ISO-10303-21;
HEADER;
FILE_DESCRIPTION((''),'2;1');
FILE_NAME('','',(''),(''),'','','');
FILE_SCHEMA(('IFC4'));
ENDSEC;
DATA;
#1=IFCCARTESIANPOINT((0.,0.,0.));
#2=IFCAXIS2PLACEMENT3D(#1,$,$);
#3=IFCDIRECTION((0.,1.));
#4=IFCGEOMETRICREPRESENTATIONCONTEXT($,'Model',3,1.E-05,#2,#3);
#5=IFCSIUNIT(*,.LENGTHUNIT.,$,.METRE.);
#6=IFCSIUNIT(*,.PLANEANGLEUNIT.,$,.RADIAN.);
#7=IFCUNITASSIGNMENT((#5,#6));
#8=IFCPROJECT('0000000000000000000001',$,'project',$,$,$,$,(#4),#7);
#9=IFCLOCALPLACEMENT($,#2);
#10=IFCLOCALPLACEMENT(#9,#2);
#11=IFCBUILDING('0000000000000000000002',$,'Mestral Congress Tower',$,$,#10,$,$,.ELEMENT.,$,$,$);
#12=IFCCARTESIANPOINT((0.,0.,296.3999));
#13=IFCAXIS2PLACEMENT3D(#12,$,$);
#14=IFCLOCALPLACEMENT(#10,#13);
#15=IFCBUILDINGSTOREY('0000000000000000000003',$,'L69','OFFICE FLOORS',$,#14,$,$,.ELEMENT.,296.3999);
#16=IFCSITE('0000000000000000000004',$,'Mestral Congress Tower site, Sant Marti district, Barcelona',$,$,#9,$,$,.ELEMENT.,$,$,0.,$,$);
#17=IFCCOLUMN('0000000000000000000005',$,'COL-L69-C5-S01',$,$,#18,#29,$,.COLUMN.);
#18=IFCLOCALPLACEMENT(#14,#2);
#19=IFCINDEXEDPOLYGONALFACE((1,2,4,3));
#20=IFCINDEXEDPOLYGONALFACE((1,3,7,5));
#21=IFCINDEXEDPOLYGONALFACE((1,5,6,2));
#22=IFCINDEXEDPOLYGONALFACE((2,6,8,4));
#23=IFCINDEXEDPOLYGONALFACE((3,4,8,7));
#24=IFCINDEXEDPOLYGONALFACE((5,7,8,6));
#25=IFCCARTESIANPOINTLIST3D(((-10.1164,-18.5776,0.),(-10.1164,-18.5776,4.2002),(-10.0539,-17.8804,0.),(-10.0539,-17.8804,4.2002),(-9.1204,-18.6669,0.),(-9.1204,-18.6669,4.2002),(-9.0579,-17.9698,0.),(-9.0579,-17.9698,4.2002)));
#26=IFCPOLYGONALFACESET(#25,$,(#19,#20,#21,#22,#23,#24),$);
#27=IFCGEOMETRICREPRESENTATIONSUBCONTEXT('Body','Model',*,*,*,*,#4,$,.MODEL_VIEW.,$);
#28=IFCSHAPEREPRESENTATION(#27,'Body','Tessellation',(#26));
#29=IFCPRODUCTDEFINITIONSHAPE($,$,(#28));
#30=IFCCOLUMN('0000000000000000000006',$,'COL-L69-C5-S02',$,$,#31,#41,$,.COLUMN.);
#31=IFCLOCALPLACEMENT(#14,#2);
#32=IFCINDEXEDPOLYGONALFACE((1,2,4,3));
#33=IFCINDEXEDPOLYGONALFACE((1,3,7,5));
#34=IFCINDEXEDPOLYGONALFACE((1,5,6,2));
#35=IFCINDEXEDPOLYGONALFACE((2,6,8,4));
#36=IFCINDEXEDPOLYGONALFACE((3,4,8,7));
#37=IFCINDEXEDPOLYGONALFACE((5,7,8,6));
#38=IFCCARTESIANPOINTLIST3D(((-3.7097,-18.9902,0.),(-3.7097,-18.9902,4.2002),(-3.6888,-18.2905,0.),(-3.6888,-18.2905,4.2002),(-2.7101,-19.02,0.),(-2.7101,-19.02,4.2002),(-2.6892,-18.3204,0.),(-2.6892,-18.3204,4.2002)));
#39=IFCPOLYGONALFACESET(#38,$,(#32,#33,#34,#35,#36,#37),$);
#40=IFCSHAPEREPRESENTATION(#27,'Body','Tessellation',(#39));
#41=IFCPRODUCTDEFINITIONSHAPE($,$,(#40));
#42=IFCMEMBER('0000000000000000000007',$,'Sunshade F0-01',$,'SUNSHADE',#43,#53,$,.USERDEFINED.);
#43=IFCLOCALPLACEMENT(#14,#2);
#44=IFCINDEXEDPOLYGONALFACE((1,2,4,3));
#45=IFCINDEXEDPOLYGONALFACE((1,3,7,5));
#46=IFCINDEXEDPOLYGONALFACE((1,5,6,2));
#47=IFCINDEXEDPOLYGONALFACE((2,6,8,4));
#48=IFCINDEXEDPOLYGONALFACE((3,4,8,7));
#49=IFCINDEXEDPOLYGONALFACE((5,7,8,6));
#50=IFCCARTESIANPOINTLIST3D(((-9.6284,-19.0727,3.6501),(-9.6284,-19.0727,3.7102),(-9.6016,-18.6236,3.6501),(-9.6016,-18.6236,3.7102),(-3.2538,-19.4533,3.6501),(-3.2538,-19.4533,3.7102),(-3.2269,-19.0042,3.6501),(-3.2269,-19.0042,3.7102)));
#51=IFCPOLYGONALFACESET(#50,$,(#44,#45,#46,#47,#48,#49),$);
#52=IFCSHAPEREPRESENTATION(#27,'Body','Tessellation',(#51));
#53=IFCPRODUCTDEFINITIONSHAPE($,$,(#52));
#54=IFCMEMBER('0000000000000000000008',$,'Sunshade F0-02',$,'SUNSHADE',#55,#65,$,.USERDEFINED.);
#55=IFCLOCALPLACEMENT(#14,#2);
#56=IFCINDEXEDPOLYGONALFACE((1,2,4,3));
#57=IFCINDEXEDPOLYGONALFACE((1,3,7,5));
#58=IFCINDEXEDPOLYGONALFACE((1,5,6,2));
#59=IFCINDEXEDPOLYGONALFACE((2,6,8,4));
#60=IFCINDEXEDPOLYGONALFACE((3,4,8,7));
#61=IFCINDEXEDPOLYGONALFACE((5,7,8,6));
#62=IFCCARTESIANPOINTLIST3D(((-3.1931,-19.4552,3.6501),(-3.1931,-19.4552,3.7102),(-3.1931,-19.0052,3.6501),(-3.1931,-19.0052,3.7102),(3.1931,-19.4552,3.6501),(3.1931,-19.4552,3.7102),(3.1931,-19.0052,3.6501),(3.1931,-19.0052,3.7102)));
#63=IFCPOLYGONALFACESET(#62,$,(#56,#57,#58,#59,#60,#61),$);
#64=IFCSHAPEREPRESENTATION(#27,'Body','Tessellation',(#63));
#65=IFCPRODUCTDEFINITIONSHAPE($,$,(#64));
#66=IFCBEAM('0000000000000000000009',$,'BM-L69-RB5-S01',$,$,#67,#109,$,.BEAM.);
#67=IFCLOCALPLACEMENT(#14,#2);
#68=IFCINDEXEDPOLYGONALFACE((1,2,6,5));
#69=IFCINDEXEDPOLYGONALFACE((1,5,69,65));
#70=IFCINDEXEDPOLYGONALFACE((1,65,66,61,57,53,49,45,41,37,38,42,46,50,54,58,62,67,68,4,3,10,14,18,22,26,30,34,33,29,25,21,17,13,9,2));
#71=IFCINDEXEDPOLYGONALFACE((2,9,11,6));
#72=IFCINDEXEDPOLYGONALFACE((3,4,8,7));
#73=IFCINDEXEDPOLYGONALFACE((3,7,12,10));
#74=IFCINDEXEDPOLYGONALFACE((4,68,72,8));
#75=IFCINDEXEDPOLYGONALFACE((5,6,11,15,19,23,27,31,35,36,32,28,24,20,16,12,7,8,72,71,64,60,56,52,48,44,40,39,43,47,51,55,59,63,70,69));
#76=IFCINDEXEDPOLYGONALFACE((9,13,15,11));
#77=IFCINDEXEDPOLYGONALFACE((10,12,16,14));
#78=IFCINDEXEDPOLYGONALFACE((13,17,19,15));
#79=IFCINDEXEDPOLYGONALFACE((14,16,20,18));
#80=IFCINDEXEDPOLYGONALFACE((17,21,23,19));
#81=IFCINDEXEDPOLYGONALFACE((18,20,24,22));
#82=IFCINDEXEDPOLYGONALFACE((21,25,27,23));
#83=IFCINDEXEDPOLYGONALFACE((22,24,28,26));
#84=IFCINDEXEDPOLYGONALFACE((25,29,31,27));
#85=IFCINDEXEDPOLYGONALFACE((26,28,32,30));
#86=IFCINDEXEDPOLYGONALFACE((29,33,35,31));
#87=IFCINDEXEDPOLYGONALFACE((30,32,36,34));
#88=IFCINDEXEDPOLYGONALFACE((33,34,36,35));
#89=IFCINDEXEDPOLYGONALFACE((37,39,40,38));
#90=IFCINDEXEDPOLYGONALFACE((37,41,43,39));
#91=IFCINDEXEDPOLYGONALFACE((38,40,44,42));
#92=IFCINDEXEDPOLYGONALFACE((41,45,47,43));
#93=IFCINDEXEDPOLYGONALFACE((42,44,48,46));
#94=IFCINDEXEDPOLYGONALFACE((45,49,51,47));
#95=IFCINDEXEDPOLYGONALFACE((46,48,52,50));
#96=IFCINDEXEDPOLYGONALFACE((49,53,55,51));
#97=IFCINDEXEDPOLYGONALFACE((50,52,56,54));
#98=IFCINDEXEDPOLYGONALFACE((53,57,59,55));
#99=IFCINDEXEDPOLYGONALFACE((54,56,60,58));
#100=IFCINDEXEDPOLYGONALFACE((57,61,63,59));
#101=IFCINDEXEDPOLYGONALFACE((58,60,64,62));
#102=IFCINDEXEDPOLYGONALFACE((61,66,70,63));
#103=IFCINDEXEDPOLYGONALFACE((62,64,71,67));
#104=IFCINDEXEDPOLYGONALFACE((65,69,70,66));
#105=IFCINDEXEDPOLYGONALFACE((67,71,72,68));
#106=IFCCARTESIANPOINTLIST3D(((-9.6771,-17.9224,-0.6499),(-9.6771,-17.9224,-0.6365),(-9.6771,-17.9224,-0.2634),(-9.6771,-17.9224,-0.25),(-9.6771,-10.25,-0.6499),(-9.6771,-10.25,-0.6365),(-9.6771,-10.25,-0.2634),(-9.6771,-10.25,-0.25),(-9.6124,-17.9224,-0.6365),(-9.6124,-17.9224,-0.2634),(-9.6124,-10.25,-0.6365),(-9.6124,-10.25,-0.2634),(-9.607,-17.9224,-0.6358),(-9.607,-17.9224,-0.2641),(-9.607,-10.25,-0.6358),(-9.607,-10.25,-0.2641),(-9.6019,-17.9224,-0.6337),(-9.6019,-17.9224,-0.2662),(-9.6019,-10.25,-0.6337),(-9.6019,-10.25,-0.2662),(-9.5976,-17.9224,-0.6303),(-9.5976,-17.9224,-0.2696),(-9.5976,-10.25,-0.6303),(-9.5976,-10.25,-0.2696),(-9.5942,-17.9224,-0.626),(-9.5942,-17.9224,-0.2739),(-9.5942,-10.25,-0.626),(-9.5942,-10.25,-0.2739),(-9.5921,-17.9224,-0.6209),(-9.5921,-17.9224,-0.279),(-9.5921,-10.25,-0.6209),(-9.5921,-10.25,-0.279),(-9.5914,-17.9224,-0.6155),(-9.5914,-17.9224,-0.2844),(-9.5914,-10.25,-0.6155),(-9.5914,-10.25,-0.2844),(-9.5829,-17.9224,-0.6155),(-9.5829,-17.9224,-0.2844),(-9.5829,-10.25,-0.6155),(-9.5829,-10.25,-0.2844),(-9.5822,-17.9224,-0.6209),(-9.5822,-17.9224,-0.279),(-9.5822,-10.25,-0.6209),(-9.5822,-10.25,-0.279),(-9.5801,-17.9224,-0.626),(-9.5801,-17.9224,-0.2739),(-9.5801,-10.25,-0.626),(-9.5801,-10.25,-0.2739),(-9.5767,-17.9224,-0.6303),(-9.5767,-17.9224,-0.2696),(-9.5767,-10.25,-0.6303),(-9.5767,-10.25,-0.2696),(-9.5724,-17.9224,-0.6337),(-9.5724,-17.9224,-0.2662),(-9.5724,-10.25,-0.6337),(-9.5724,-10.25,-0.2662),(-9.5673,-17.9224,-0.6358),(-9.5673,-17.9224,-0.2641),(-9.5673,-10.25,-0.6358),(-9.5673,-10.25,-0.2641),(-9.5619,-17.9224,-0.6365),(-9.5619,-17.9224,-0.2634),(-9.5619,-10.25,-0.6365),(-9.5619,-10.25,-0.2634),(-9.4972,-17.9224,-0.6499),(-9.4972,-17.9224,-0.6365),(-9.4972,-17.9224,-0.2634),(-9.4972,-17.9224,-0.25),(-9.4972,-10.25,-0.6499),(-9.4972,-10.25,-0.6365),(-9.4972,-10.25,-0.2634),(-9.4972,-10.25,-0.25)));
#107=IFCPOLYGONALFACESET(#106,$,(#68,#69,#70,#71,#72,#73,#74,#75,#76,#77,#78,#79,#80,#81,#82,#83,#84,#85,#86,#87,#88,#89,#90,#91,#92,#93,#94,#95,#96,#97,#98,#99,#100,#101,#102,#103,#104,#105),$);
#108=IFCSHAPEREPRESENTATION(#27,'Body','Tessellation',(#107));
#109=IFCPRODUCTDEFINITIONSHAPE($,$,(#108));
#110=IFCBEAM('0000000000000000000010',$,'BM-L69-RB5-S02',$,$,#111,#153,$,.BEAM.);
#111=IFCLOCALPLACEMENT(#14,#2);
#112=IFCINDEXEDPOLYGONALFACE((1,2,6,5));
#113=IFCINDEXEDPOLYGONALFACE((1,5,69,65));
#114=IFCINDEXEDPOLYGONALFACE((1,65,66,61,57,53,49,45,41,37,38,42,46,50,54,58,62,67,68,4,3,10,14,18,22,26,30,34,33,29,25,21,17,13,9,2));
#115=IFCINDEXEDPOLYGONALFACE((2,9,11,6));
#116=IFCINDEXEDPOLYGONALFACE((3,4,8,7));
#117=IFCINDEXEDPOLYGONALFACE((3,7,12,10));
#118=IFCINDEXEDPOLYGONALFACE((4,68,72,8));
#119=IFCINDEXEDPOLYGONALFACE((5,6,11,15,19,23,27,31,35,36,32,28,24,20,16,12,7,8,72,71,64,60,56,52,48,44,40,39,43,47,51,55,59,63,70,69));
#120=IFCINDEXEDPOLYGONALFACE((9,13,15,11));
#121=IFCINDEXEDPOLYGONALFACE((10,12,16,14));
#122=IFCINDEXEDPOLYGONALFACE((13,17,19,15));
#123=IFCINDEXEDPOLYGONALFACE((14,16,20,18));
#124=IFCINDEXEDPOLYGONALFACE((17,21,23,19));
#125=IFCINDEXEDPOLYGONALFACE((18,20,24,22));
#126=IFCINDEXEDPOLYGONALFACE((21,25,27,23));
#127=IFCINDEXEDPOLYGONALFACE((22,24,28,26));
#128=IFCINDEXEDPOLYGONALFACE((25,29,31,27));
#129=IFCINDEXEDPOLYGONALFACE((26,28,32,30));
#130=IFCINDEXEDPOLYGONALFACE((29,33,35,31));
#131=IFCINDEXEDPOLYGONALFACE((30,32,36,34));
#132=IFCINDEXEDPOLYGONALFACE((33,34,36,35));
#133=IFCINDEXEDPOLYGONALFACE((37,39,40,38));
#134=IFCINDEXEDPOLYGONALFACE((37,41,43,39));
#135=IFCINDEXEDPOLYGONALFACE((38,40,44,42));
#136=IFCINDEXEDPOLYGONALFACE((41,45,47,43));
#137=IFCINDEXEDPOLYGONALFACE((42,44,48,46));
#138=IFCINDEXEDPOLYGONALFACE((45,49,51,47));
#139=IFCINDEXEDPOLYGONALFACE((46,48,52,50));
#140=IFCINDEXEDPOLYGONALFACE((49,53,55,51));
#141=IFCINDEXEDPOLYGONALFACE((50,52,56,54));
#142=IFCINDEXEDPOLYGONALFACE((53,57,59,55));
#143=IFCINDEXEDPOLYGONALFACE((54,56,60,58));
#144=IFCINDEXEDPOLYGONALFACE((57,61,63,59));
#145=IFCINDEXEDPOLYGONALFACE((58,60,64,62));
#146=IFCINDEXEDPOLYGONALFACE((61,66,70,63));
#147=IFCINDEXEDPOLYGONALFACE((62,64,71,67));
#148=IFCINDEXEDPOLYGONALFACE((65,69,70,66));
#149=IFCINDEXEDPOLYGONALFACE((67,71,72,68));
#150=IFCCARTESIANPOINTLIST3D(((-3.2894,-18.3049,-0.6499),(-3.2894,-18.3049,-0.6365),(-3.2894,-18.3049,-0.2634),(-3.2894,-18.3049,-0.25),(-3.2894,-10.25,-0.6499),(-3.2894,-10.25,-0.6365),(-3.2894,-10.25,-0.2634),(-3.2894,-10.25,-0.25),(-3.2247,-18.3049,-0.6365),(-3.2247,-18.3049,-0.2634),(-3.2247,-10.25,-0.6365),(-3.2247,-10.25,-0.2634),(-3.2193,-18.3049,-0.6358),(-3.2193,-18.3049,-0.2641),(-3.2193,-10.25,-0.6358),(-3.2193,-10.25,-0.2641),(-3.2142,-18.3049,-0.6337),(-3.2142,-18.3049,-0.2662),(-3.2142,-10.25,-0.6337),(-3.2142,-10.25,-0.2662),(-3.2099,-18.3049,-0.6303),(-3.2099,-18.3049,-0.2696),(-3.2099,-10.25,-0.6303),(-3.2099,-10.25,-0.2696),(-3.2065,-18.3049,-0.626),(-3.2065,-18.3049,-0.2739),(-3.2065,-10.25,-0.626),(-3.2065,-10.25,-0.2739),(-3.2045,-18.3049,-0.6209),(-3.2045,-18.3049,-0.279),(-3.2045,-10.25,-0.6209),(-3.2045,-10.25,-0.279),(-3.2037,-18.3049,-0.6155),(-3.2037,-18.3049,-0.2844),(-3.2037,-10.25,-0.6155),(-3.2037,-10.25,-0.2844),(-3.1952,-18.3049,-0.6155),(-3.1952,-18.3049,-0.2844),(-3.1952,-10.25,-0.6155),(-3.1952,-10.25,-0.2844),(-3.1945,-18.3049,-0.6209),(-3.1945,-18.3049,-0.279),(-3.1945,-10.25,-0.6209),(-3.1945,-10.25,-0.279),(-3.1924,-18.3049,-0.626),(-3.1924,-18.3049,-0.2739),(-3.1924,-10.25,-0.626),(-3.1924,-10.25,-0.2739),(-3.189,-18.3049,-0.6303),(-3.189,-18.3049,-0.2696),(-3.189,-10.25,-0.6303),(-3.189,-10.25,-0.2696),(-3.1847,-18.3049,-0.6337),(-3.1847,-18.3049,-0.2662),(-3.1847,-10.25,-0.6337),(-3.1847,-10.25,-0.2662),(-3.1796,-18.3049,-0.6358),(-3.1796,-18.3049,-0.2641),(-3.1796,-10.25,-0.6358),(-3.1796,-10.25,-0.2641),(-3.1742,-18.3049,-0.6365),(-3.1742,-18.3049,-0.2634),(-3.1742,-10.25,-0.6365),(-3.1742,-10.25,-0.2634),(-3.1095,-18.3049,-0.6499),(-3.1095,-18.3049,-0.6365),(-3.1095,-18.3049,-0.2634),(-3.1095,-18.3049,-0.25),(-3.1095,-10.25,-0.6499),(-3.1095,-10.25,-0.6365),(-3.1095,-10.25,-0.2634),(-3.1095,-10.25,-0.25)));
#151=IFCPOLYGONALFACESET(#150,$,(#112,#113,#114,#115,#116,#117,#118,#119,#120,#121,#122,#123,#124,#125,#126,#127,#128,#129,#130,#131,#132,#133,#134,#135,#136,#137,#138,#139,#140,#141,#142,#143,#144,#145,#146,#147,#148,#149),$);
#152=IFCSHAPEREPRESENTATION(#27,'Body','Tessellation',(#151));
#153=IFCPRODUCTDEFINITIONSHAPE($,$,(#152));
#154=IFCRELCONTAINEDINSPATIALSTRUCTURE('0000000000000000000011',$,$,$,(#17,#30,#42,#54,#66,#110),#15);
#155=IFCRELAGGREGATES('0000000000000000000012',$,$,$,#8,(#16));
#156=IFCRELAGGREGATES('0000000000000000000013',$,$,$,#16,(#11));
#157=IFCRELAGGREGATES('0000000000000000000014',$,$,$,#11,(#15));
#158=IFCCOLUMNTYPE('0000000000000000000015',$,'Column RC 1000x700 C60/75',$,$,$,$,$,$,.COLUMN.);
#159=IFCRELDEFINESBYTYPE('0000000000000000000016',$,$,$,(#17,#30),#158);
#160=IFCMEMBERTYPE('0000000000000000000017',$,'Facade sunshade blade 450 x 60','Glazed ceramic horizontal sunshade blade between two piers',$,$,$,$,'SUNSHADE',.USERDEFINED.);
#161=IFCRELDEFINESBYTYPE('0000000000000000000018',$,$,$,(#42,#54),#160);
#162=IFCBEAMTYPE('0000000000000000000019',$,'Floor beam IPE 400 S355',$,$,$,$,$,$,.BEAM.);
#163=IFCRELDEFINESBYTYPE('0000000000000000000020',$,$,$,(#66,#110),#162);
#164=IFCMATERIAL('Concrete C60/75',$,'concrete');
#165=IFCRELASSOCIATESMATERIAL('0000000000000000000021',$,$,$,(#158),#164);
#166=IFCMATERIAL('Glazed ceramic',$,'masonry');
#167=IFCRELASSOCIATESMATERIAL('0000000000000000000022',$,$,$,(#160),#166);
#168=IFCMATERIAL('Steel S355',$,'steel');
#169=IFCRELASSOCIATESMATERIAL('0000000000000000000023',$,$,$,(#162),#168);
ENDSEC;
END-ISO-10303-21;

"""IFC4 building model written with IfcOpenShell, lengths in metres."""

from ifc_helpers import new_model, si_unit, direction, frame, origin, origin_2d, place, context, subcontext, project, spatial, rectangle, i_section, extrude, material, material_profile, profile_set, type_object, element, save


model = new_model("IFC4")

# Units and contexts
model_context = context("Model", 3, precision=1e-05, world=origin(), true_north=direction((0.0, 1.0)))
body_context = subcontext(model_context, "Body", "Model", "MODEL_VIEW")
ifc_project = project(units=[si_unit("LENGTHUNIT", "METRE"), si_unit("PLANEANGLEUNIT", "RADIAN")], contexts=[model_context])

# Site, building, storey
site_placement = place(None, origin())
site = spatial("IfcSite", under=ifc_project, at=site_placement, Name="Mestral Congress Tower site, Sant Marti district, Barcelona", CompositionType="ELEMENT", RefElevation=0.0)
building_placement = place(site_placement, origin())
building = spatial("IfcBuilding", under=site, at=building_placement, Name="Mestral Congress Tower", CompositionType="ELEMENT")
storey_placement = place(building_placement, frame((0.0, 0.0, 296.3999)))
storey = spatial("IfcBuildingStorey", under=building, at=storey_placement, Name="L69", Description="OFFICE FLOORS", CompositionType="ELEMENT", Elevation=296.3999)

# Columns
ifc_material_1 = material(Name="Concrete C60/75", Category="concrete")
ifc_material_profile_1 = material_profile(ifc_material_1, rectangle(XDim=1.0, YDim=0.7, at=origin_2d()), Name="RC 1000x700")
ifc_profile_set_1 = profile_set([ifc_material_profile_1], Name="Concrete C60/75")
column_type = type_object("IfcColumnType", Name="Column RC 1000x700 C60/75", PredefinedType="COLUMN", material=ifc_profile_set_1)
for number, where, z_axis, x_axis, name in (
    (1, (-9.5872, -18.2737, 0.0), (0.0, 0.0, 1.0), (0.995998, -0.089378, 0.0), "COL-L69-C5-S01"),
    (2, (-3.1995, -18.6553, 0.0), (0.0, 0.0, 1.0), (0.999555, -0.029828, 0.0), "COL-L69-C5-S02"),
):
    element("IfcColumn", number, at=place(storey_placement, frame(where, z_axis=z_axis, x_axis=x_axis)), inside=storey, type_object=column_type, Name=name, PredefinedType="COLUMN", context=body_context, shape_type="SweptSolid", body=[
        extrude(rectangle(XDim=1.0, YDim=0.7, at=origin_2d()), origin(), (0.0, 0.0, 1.0), 4.2002),
    ])

# Members
ifc_material_2 = material(Name="Glazed ceramic", Category="masonry")
ifc_material_profile_2 = material_profile(ifc_material_2, rectangle(XDim=0.45, YDim=0.0601, at=origin_2d()), Name="Ceramic blade 450 x 60")
ifc_profile_set_2 = profile_set([ifc_material_profile_2], Name="Glazed ceramic")
member_type = type_object("IfcMemberType", Name="Facade sunshade blade 450 x 60", Description="Glazed ceramic horizontal sunshade blade between two piers", ElementType="SUNSHADE", PredefinedType="USERDEFINED", material=ifc_profile_set_2)
member_1_placement = place(storey_placement, frame((-9.615, -18.8481, 3.6802), z_axis=(0.998222, -0.059603, 0.0), x_axis=(0.059603, 0.998222, 0.0)))
element("IfcMember", 3, at=member_1_placement, inside=storey, type_object=member_type, Name="Sunshade F0-01", ObjectType="SUNSHADE", PredefinedType="USERDEFINED", context=body_context, shape_type="SweptSolid", body=[
    extrude(rectangle(XDim=0.45, YDim=0.0601, at=origin_2d()), origin(), (0.0, 0.0, 1.0), 6.386),
])
member_2_placement = place(storey_placement, frame((-3.1931, -19.2302, 3.6802), z_axis=(1.0, 0.0, 0.0), x_axis=(0.0, 1.0, 0.0)))
element("IfcMember", 4, at=member_2_placement, inside=storey, type_object=member_type, Name="Sunshade F0-02", ObjectType="SUNSHADE", PredefinedType="USERDEFINED", context=body_context, shape_type="SweptSolid", body=[
    extrude(rectangle(XDim=0.45, YDim=0.0601, at=origin_2d()), origin(), (0.0, 0.0, 1.0), 6.3862),
])

# Beams
ifc_material_3 = material(Name="Steel S355", Category="steel")
ifc_material_profile_3 = material_profile(ifc_material_3, i_section(OverallWidth=0.1799, OverallDepth=0.3999, WebThickness=0.0085, FlangeThickness=0.0134, FilletRadius=0.021, at=origin_2d()), Name="IPE 400")
ifc_profile_set_3 = profile_set([ifc_material_profile_3], Name="Steel S355")
beam_type_1 = type_object("IfcBeamType", Name="Floor beam IPE 400 S355", PredefinedType="BEAM", material=ifc_profile_set_3)
beam_1_placement = place(storey_placement, frame((-9.5872, -17.9224, -0.45), z_axis=(0.0, 1.0, 0.0), x_axis=(-1.0, 0.0, 0.0)))
element("IfcBeam", 5, at=beam_1_placement, inside=storey, type_object=beam_type_1, Name="BM-L69-RB5-S01", PredefinedType="BEAM", context=body_context, shape_type="SweptSolid", body=[
    extrude(i_section(OverallWidth=0.1799, OverallDepth=0.3999, WebThickness=0.0085, FlangeThickness=0.0134, FilletRadius=0.021, at=origin_2d()), origin(), (0.0, 0.0, 1.0), 7.6724),
])
beam_2_placement = place(storey_placement, frame((-3.1995, -18.3049, -0.45), z_axis=(0.0, 1.0, 0.0), x_axis=(-1.0, 0.0, 0.0)))
element("IfcBeam", 6, at=beam_2_placement, inside=storey, type_object=beam_type_1, Name="BM-L69-RB5-S02", PredefinedType="BEAM", context=body_context, shape_type="SweptSolid", body=[
    extrude(i_section(OverallWidth=0.1799, OverallDepth=0.3999, WebThickness=0.0085, FlangeThickness=0.0134, FilletRadius=0.021, at=origin_2d()), origin(), (0.0, 0.0, 1.0), 8.0549),
])

save(model, "model.ifc")
